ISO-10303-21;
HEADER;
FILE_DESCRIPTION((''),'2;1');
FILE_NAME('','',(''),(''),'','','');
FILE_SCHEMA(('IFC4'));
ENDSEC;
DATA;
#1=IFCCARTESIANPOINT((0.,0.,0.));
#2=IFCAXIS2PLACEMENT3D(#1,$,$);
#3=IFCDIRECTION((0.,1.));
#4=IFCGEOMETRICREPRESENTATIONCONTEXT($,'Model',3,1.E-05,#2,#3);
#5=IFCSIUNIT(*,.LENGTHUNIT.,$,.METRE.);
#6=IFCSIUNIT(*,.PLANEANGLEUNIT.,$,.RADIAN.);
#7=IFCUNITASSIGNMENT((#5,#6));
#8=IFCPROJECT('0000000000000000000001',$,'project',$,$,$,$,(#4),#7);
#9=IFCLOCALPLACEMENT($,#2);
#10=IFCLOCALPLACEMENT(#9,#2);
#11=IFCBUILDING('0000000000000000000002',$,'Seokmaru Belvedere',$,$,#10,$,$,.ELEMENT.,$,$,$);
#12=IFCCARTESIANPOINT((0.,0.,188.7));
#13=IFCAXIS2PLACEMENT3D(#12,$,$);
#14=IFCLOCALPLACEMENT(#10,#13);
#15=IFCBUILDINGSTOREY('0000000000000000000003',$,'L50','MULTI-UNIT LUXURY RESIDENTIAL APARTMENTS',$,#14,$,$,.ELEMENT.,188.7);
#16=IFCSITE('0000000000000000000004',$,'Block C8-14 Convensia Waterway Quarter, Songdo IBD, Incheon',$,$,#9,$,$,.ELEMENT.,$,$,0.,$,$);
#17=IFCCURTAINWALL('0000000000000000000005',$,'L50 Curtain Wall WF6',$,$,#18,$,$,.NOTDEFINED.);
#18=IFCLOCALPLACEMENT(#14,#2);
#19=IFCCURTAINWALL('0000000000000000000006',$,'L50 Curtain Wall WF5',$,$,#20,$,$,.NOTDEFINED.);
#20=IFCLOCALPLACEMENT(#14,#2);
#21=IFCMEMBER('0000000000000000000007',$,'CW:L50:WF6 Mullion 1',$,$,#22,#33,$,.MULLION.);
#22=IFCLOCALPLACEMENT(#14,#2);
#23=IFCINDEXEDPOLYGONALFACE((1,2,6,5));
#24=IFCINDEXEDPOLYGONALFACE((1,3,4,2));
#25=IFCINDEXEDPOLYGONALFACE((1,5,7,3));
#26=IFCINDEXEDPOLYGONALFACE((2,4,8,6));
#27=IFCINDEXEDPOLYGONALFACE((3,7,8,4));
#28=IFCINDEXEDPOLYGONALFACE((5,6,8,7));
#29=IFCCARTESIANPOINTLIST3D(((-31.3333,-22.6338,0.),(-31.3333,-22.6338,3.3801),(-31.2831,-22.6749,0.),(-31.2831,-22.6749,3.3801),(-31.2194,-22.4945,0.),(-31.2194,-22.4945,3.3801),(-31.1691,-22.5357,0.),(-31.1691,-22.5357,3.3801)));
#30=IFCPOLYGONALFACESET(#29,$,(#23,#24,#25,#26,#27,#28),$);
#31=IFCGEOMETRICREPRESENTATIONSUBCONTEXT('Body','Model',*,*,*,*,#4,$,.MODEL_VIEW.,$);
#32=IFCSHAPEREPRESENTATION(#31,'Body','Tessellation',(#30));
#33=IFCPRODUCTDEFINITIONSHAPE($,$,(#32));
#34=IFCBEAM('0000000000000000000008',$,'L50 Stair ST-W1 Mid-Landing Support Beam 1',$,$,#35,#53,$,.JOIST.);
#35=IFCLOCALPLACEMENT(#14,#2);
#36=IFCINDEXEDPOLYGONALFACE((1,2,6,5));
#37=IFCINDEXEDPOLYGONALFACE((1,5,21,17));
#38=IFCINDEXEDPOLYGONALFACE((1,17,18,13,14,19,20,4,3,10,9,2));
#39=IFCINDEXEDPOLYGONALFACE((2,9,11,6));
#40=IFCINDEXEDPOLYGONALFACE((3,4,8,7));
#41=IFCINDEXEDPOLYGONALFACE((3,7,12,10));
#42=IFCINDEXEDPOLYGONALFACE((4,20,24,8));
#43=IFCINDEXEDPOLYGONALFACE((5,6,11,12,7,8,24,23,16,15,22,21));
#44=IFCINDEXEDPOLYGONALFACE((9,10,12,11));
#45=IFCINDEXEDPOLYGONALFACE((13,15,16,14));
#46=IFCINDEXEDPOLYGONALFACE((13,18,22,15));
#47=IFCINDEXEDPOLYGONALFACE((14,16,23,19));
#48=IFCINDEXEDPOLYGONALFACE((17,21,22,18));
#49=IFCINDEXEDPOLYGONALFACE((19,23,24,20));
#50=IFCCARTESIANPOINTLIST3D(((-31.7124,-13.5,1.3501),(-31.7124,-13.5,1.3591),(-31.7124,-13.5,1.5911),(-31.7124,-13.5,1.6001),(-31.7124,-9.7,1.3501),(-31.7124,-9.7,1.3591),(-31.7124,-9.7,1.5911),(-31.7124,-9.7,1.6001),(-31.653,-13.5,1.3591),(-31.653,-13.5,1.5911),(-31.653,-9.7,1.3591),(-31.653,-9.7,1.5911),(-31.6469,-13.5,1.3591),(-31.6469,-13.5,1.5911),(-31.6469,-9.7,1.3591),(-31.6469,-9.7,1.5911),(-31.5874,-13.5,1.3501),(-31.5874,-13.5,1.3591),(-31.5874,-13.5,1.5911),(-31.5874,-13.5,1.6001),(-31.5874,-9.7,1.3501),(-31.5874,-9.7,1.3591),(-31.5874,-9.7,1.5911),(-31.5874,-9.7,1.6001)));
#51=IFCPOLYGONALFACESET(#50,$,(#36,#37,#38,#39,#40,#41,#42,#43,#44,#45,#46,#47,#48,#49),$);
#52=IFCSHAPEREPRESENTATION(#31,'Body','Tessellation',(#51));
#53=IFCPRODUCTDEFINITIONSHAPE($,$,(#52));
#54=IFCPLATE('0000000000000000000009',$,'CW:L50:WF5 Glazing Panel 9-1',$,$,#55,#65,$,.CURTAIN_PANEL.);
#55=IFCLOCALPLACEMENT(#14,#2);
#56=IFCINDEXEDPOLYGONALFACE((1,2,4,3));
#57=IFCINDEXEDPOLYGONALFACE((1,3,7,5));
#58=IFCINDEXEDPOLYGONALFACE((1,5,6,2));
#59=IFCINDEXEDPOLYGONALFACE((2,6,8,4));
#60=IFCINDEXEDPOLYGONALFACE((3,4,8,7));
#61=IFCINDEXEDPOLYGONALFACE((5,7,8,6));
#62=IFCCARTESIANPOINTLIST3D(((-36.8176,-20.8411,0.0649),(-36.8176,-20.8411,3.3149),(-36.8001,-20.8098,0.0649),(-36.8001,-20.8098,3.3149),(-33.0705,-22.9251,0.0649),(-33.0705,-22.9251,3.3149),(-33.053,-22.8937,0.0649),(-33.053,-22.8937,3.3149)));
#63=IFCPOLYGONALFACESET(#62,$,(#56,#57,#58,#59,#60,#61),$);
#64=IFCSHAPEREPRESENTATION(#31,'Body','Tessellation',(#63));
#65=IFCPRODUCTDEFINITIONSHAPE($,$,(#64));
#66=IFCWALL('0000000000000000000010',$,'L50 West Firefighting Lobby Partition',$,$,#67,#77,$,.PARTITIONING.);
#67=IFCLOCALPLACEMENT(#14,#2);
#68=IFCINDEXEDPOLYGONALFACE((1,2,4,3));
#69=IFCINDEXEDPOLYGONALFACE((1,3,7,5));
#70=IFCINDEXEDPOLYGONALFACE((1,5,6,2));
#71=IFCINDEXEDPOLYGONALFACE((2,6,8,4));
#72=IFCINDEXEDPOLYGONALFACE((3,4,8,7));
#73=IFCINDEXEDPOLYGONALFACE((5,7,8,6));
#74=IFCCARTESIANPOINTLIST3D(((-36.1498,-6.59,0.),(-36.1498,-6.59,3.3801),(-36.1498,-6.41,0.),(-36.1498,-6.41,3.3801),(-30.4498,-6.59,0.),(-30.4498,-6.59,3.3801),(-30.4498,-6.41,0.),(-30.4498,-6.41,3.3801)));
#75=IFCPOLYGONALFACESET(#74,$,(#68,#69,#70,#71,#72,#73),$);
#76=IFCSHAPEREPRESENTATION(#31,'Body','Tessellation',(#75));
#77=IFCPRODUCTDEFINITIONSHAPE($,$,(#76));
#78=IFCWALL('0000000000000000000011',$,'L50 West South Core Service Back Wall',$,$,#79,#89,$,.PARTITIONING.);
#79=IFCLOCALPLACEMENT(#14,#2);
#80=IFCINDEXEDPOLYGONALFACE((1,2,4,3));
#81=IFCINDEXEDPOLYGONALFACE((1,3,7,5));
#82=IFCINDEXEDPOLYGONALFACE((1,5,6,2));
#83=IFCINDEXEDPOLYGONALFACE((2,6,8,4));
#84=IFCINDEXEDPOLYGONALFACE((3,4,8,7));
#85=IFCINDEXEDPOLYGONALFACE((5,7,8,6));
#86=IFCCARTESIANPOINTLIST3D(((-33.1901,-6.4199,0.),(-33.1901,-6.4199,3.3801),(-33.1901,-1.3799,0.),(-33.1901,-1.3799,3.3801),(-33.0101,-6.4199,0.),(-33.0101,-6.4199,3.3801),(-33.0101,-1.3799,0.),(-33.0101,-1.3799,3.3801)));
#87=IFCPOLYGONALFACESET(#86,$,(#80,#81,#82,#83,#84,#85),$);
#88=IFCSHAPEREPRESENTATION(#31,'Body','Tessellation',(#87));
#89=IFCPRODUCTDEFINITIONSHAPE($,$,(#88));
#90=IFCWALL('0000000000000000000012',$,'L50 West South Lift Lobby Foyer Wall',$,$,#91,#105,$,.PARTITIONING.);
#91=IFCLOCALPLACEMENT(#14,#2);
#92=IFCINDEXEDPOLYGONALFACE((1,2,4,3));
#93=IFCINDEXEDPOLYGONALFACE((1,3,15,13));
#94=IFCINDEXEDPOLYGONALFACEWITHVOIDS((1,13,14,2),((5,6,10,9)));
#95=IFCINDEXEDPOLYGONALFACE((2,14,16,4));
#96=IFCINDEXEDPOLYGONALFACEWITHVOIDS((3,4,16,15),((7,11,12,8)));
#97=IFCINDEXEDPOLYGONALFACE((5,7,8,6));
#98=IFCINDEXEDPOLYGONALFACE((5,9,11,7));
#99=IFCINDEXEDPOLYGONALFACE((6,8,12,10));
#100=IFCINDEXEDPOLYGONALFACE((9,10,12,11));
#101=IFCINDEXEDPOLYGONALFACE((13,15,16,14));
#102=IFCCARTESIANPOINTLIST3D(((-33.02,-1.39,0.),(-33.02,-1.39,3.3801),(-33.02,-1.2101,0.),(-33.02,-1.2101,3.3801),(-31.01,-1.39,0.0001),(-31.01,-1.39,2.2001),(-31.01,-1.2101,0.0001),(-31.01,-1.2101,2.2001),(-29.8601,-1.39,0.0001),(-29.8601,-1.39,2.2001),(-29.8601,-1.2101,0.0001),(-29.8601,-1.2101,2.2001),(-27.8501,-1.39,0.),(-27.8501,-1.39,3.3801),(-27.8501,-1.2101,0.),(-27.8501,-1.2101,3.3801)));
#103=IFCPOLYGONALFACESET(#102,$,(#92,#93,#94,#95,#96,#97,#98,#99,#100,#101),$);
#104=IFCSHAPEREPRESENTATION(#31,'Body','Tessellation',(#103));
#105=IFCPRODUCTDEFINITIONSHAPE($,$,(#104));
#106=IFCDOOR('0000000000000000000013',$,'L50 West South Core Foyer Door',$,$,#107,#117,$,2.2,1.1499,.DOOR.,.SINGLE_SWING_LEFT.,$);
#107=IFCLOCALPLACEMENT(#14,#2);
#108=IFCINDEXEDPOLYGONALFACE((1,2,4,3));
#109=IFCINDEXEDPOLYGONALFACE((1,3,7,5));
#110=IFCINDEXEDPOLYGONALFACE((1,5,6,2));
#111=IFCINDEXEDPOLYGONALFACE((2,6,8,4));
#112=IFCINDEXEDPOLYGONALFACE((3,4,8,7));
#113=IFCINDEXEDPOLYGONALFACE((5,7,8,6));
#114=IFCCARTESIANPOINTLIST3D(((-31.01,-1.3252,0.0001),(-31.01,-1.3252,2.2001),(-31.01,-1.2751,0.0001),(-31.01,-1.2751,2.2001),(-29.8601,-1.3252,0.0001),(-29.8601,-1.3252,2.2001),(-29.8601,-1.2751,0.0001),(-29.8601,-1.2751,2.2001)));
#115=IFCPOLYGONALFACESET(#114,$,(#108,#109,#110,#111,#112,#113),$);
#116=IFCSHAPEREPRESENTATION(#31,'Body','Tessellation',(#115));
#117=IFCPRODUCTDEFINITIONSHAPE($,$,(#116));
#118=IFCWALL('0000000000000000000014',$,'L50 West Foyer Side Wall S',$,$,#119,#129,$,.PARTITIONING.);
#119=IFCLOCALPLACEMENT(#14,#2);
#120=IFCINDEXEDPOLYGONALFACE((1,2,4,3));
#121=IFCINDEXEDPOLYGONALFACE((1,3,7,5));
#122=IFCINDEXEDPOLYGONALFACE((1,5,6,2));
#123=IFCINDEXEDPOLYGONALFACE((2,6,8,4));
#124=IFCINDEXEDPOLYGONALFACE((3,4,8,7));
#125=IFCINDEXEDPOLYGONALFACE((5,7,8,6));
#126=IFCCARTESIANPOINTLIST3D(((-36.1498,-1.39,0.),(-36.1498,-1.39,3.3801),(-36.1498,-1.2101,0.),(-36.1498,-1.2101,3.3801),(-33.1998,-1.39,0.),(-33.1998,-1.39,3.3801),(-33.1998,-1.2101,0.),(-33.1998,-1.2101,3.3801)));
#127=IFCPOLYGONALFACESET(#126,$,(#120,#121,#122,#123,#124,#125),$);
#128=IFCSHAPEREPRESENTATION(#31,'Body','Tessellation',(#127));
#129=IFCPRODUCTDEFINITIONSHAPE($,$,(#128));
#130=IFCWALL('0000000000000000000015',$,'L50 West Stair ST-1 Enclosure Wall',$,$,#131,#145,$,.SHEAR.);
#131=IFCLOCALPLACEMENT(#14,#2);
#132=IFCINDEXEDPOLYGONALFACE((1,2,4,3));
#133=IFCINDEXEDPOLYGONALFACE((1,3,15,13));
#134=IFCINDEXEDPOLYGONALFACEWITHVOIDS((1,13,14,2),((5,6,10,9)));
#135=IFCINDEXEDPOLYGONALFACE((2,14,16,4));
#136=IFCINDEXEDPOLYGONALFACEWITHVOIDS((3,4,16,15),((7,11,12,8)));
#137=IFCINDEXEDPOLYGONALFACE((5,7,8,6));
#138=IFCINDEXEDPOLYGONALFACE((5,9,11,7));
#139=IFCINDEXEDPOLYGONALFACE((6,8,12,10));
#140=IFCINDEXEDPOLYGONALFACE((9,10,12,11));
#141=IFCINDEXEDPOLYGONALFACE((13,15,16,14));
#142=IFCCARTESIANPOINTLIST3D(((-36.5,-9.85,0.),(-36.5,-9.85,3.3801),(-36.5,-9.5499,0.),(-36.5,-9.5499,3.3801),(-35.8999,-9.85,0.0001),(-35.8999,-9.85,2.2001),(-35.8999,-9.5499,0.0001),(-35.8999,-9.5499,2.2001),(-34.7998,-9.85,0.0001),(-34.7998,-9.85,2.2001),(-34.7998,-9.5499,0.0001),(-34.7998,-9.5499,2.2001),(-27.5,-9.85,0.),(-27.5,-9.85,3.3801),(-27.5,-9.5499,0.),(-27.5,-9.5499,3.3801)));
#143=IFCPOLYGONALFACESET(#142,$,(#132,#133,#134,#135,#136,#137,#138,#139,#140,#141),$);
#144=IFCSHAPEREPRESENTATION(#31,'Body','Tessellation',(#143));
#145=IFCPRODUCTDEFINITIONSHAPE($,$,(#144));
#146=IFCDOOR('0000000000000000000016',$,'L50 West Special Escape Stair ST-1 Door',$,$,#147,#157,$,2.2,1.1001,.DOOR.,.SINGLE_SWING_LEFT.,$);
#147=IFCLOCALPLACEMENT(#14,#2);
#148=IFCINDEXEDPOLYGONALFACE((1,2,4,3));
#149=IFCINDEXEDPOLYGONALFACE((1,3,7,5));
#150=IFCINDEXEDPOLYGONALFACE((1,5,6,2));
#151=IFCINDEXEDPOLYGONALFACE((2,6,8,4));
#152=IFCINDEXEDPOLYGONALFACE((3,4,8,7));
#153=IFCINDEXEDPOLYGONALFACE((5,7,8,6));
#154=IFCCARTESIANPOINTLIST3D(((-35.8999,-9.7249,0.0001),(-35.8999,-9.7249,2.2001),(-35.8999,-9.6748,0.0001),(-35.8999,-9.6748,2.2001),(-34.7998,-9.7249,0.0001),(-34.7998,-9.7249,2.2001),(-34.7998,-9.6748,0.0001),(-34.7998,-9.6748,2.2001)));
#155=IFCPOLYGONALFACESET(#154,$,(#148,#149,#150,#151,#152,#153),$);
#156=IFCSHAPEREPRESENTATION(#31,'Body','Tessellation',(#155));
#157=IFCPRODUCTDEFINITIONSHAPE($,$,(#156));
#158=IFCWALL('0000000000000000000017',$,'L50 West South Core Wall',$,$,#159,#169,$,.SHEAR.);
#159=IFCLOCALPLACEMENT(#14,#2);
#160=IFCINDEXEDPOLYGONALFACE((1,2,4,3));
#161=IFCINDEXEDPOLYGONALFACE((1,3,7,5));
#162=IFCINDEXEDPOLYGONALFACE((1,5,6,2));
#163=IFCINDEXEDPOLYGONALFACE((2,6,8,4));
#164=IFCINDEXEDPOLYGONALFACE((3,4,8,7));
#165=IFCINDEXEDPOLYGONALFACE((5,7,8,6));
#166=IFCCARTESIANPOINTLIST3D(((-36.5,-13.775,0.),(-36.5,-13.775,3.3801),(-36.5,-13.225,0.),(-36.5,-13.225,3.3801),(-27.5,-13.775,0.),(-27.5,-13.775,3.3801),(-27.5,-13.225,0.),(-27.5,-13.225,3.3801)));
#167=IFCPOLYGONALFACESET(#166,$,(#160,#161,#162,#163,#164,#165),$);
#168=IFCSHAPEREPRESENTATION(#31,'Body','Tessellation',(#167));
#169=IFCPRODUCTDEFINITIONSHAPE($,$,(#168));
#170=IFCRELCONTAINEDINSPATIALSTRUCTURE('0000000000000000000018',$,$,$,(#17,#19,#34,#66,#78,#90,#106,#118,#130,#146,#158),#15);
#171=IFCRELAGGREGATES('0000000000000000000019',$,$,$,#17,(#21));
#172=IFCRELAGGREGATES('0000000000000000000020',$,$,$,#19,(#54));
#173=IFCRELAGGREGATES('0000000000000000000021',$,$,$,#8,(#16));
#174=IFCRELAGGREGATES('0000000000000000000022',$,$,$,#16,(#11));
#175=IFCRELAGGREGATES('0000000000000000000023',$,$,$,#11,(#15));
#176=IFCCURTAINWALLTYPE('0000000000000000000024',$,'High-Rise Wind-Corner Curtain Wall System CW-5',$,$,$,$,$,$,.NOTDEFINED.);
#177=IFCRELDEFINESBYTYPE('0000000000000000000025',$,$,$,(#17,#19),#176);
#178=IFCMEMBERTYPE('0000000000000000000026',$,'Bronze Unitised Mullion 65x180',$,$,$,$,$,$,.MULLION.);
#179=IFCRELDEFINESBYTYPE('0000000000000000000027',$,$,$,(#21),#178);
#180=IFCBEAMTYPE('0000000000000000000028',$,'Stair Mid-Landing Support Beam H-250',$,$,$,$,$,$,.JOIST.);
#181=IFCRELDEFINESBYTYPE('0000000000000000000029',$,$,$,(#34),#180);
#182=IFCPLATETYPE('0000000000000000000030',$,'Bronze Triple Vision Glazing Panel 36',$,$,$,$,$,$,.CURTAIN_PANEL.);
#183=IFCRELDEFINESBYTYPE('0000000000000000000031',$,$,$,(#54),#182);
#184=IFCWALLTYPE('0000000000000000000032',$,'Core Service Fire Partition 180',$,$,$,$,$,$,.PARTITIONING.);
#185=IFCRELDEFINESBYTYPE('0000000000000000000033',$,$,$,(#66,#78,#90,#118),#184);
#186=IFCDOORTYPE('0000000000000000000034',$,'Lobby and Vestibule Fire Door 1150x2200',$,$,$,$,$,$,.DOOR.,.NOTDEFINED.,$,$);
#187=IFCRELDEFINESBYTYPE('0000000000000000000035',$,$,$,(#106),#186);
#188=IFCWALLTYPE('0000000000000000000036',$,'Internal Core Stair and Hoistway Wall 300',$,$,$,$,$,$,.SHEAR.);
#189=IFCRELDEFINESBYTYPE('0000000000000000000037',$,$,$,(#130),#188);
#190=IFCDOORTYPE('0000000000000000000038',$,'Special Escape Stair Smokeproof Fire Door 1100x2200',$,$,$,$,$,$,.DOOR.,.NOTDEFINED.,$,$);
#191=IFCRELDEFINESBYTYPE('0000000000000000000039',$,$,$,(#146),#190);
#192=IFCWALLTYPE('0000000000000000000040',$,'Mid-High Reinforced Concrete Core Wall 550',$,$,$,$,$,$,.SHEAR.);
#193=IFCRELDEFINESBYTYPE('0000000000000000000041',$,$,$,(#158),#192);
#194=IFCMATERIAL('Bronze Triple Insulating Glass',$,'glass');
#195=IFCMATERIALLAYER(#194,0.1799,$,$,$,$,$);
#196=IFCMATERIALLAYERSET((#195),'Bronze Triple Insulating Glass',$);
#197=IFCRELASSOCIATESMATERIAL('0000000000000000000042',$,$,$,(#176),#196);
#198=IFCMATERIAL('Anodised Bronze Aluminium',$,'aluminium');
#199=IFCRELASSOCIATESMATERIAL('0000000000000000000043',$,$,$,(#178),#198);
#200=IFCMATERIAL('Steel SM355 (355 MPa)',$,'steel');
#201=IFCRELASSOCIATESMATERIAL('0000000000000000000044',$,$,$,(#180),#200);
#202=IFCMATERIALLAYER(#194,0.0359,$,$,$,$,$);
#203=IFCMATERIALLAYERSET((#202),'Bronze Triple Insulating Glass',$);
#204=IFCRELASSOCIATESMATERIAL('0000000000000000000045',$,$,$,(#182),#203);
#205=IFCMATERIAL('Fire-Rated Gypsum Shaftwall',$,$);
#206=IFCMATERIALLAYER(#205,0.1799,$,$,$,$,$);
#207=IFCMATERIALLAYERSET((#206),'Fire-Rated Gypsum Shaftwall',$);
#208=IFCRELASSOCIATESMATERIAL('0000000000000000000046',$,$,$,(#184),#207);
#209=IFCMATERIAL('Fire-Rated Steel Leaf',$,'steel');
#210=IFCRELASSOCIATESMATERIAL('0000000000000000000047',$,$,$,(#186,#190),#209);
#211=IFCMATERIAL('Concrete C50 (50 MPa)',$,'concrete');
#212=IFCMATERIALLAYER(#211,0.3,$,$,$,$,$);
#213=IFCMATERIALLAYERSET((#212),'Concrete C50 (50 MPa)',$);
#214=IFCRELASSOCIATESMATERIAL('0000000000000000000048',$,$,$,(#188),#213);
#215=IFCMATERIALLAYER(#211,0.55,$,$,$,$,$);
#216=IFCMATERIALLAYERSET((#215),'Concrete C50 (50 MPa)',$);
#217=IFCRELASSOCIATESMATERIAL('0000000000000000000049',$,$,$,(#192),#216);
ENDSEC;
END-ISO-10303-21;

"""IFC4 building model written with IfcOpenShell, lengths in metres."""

from ifc_helpers import new_model, si_unit, direction, frame, frame_2d, origin, origin_2d, place, context, subcontext, project, spatial, rectangle, i_section, extrude, source, transform, mapped, material, layer, layer_set, material_profile, profile_set, type_object, type_shapes, element, fill, aggregate, save


model = new_model("IFC4")

# Units and contexts
model_context = context("Model", 3, precision=1e-05, world=origin(), true_north=direction((0.0, 1.0)))
body_context = subcontext(model_context, "Body", "Model", "MODEL_VIEW")
ifc_project = project(units=[si_unit("LENGTHUNIT", "METRE"), si_unit("PLANEANGLEUNIT", "RADIAN")], contexts=[model_context])

# Site, building, storey
site_placement = place(None, origin())
site = spatial("IfcSite", under=ifc_project, at=site_placement, Name="Block C8-14 Convensia Waterway Quarter, Songdo IBD, Incheon", CompositionType="ELEMENT", RefElevation=0.0)
building_placement = place(site_placement, origin())
building = spatial("IfcBuilding", under=site, at=building_placement, Name="Seokmaru Belvedere", CompositionType="ELEMENT")
storey_placement = place(building_placement, frame((0.0, 0.0, 188.7)))
storey = spatial("IfcBuildingStorey", under=building, at=storey_placement, Name="L50", Description="MULTI-UNIT LUXURY RESIDENTIAL APARTMENTS", CompositionType="ELEMENT", Elevation=188.7)

# Shared definitions
ifc_material_1 = material(Name="Steel SM355 (355 MPa)", Category="steel")

# Curtain wall
ifc_material_2 = material(Name="Bronze Triple Insulating Glass", Category="glass")
ifc_layer_1 = layer(ifc_material_2, 0.1799)
ifc_layer_set_1 = layer_set([ifc_layer_1], Name="Bronze Triple Insulating Glass")
curtain_wall_type = type_object("IfcCurtainWallType", Name="High-Rise Wind-Corner Curtain Wall System CW-5", PredefinedType="NOTDEFINED", material=ifc_layer_set_1)
curtain_wall_1_placement = place(storey_placement, origin())
curtain_wall_1 = element("IfcCurtainWall", 1, at=curtain_wall_1_placement, inside=storey, type_object=curtain_wall_type, Name="L50 Curtain Wall WF6", PredefinedType="NOTDEFINED")
ifc_material_3 = material(Name="Anodised Bronze Aluminium", Category="aluminium")

# Curtain wall
curtain_wall_2_placement = place(storey_placement, origin())
curtain_wall_2 = element("IfcCurtainWall", 2, at=curtain_wall_2_placement, inside=storey, type_object=curtain_wall_type, Name="L50 Curtain Wall WF5", PredefinedType="NOTDEFINED")
ifc_material_profile_1 = material_profile(ifc_material_3, rectangle(XDim=0.0649, YDim=0.1799, at=origin_2d()), Name="CW-M-65x180")
ifc_profile_set_1 = profile_set([ifc_material_profile_1], Name="Anodised Bronze Aluminium")
member_type_1 = type_object("IfcMemberType", Name="Bronze Unitised Mullion 65x180", PredefinedType="MULLION", material=ifc_profile_set_1)
shared_shape_1 = source(origin(), body_context, "Body", "SweptSolid", [
    extrude(rectangle(XDim=0.0649, YDim=0.1799, at=origin_2d()), origin(), (0.0, 0.0, 1.0), 3.3801),
])
type_shapes(member_type_1, [shared_shape_1])

# Member
member_1_placement = place(storey_placement, frame((-31.2512, -22.5847, 0.0), z_axis=(0.0, 0.0, 1.0), x_axis=(-0.773944, 0.633254, 0.0)))
member_1 = element("IfcMember", 3, at=member_1_placement, type_object=member_type_1, Name="CW:L50:WF6 Mullion 1", PredefinedType="MULLION", context=body_context, shape_type="MappedRepresentation", body=[
    mapped(shared_shape_1, transform((0.0, 0.0, 0.0), scale=1.0)),
])
aggregate(curtain_wall_1, [member_1])

# Beam
ifc_material_profile_2 = material_profile(ifc_material_1, i_section(OverallWidth=0.125, OverallDepth=0.25, WebThickness=0.0061, FlangeThickness=0.009, at=origin_2d()), Name="H-250x125x6x9")
ifc_profile_set_2 = profile_set([ifc_material_profile_2], Name="Steel SM355 (355 MPa)")
beam_type_1 = type_object("IfcBeamType", Name="Stair Mid-Landing Support Beam H-250", PredefinedType="JOIST", material=ifc_profile_set_2)
shared_shape_2 = source(origin(), body_context, "Body", "SweptSolid", [
    extrude(i_section(OverallWidth=0.125, OverallDepth=0.25, WebThickness=0.0061, FlangeThickness=0.009, at=origin_2d()), origin(), (0.0, 0.0, 1.0), 3.8),
])
type_shapes(beam_type_1, [shared_shape_2])
beam_1_placement = place(storey_placement, frame((-31.6499, -13.5, 1.4751), z_axis=(0.0, 1.0, 0.0), x_axis=(-1.0, 0.0, 0.0)))
element("IfcBeam", 4, at=beam_1_placement, inside=storey, type_object=beam_type_1, Name="L50 Stair ST-W1 Mid-Landing Support Beam 1", PredefinedType="JOIST", context=body_context, shape_type="MappedRepresentation", body=[
    mapped(shared_shape_2, transform((0.0, 0.0, 0.0), scale=1.0)),
])

# Plate
ifc_layer_2 = layer(ifc_material_2, 0.0359)
ifc_layer_set_2 = layer_set([ifc_layer_2], Name="Bronze Triple Insulating Glass")
plate_type = type_object("IfcPlateType", Name="Bronze Triple Vision Glazing Panel 36", PredefinedType="CURTAIN_PANEL", material=ifc_layer_set_2)
shared_shape_3 = source(origin(), body_context, "Body", "SweptSolid", [
    extrude(rectangle(XDim=4.2876, YDim=0.0359, at=origin_2d()), origin(), (0.0, 0.0, 1.0), 3.25),
])
type_shapes(plate_type, [shared_shape_3])
plate_placement = place(storey_placement, frame((-34.9353, -21.8674, 0.0649), z_axis=(0.0, 0.0, 1.0), x_axis=(0.873933, -0.486047, 0.0)))
plate = element("IfcPlate", 5, at=plate_placement, type_object=plate_type, Name="CW:L50:WF5 Glazing Panel 9-1", PredefinedType="CURTAIN_PANEL", context=body_context, shape_type="MappedRepresentation", body=[
    mapped(shared_shape_3, transform((0.0, 0.0, 0.0), scale=1.0)),
])
aggregate(curtain_wall_2, [plate])

# Walls
ifc_material_4 = material(Name="Fire-Rated Gypsum Shaftwall")
ifc_layer_3 = layer(ifc_material_4, 0.1799)
ifc_layer_set_3 = layer_set([ifc_layer_3], Name="Fire-Rated Gypsum Shaftwall")
wall_type_1 = type_object("IfcWallType", Name="Core Service Fire Partition 180", PredefinedType="PARTITIONING", material=ifc_layer_set_3)
wall_1_placement = place(storey_placement, frame((-36.1499, -6.5, 0.0), z_axis=(0.0, 0.0, 1.0), x_axis=(1.0, 0.0, 0.0)))
element("IfcWall", 6, at=wall_1_placement, inside=storey, type_object=wall_type_1, Name="L50 West Firefighting Lobby Partition", PredefinedType="PARTITIONING", context=body_context, shape_type="SweptSolid", body=[
    extrude(rectangle(XDim=5.7, YDim=0.1799, at=frame_2d((2.8501, 0.0))), origin(), (0.0, 0.0, 1.0), 3.3801),
])
wall_2_placement = place(storey_placement, frame((-33.1001, -6.4199, 0.0), z_axis=(0.0, 0.0, 1.0), x_axis=(0.0, 1.0, 0.0)))
element("IfcWall", 7, at=wall_2_placement, inside=storey, type_object=wall_type_1, Name="L50 West South Core Service Back Wall", PredefinedType="PARTITIONING", context=body_context, shape_type="SweptSolid", body=[
    extrude(rectangle(XDim=5.04, YDim=0.1799, at=frame_2d((2.52, 0.0))), origin(), (0.0, 0.0, 1.0), 3.3801),
])

# Wall, opening, door
wall_3_placement = place(storey_placement, frame((-33.02, -1.3, 0.0), z_axis=(0.0, 0.0, 1.0), x_axis=(1.0, 0.0, 0.0)))
wall_3 = element("IfcWall", 8, at=wall_3_placement, inside=storey, type_object=wall_type_1, Name="L50 West South Lift Lobby Foyer Wall", PredefinedType="PARTITIONING", context=body_context, shape_type="SweptSolid", body=[
    extrude(rectangle(XDim=5.1699, YDim=0.1799, at=frame_2d((2.585, 0.0))), origin(), (0.0, 0.0, 1.0), 3.3801),
])
opening_1_placement = place(wall_3_placement, frame((2.01, 0.0, 0.0)))
opening_1 = element("IfcOpeningElement", 9, at=opening_1_placement, cuts=wall_3, PredefinedType="OPENING", context=body_context, shape_type="SweptSolid", body=[
    extrude(rectangle(XDim=1.1499, YDim=2.2, at=frame_2d((0.575, 1.1001))), frame((0.0, 0.1001, 0.0), z_axis=(0.0, -1.0, 0.0), x_axis=(1.0, 0.0, 0.0)), (0.0, 0.0, 1.0), 0.2),
])
ifc_material_5 = material(Name="Fire-Rated Steel Leaf", Category="steel")
door_type_1 = type_object("IfcDoorType", Name="Lobby and Vestibule Fire Door 1150x2200", OperationType="NOTDEFINED", PredefinedType="DOOR", material=ifc_material_5)
shared_shape_4 = source(origin(), body_context, "Body", "SweptSolid", [
    extrude(rectangle(XDim=1.1499, YDim=2.2, at=frame_2d((0.575, 1.1001))), frame((0.0, 0.0249, 0.0), z_axis=(0.0, -1.0, 0.0), x_axis=(1.0, 0.0, 0.0)), (0.0, 0.0, 1.0), 0.05),
])
type_shapes(door_type_1, [shared_shape_4])
door_1_placement = place(opening_1_placement, origin())
door_1 = element("IfcDoor", 10, at=door_1_placement, inside=storey, type_object=door_type_1, Name="L50 West South Core Foyer Door", OperationType="SINGLE_SWING_LEFT", OverallHeight=2.2, OverallWidth=1.1499, PredefinedType="DOOR", context=body_context, shape_type="MappedRepresentation", body=[
    mapped(shared_shape_4, transform((0.0, 0.0, 0.0), scale=1.0)),
])
fill(opening_1, door_1)

# Wall
wall_4_placement = place(storey_placement, frame((-36.1499, -1.3, 0.0), z_axis=(0.0, 0.0, 1.0), x_axis=(1.0, 0.0, 0.0)))
element("IfcWall", 11, at=wall_4_placement, inside=storey, type_object=wall_type_1, Name="L50 West Foyer Side Wall S", PredefinedType="PARTITIONING", context=body_context, shape_type="SweptSolid", body=[
    extrude(rectangle(XDim=2.95, YDim=0.1799, at=frame_2d((1.4751, 0.0))), origin(), (0.0, 0.0, 1.0), 3.3801),
])

# Wall, opening, door
ifc_material_6 = material(Name="Concrete C50 (50 MPa)", Category="concrete")
ifc_layer_4 = layer(ifc_material_6, 0.3)
ifc_layer_set_4 = layer_set([ifc_layer_4], Name="Concrete C50 (50 MPa)")
wall_type_2 = type_object("IfcWallType", Name="Internal Core Stair and Hoistway Wall 300", PredefinedType="SHEAR", material=ifc_layer_set_4)
wall_5_placement = place(storey_placement, frame((-36.5, -9.7, 0.0), z_axis=(0.0, 0.0, 1.0), x_axis=(1.0, 0.0, 0.0)))
wall_5 = element("IfcWall", 12, at=wall_5_placement, inside=storey, type_object=wall_type_2, Name="L50 West Stair ST-1 Enclosure Wall", PredefinedType="SHEAR", context=body_context, shape_type="SweptSolid", body=[
    extrude(rectangle(XDim=9.0, YDim=0.3, at=frame_2d((4.5, 0.0))), origin(), (0.0, 0.0, 1.0), 3.3801),
])
opening_2_placement = place(wall_5_placement, frame((0.6001, 0.0, 0.0)))
opening_2 = element("IfcOpeningElement", 13, at=opening_2_placement, cuts=wall_5, PredefinedType="OPENING", context=body_context, shape_type="SweptSolid", body=[
    extrude(rectangle(XDim=1.1001, YDim=2.2, at=frame_2d((0.55, 1.1001))), frame((0.0, 0.1602, 0.0), z_axis=(0.0, -1.0, 0.0), x_axis=(1.0, 0.0, 0.0)), (0.0, 0.0, 1.0), 0.3201),
])
door_type_2 = type_object("IfcDoorType", Name="Special Escape Stair Smokeproof Fire Door 1100x2200", OperationType="NOTDEFINED", PredefinedType="DOOR", material=ifc_material_5)
shared_shape_5 = source(origin(), body_context, "Body", "SweptSolid", [
    extrude(rectangle(XDim=1.1001, YDim=2.2, at=frame_2d((0.55, 1.1001))), frame((0.0, 0.0249, 0.0), z_axis=(0.0, -1.0, 0.0), x_axis=(1.0, 0.0, 0.0)), (0.0, 0.0, 1.0), 0.05),
])
type_shapes(door_type_2, [shared_shape_5])
door_2_placement = place(opening_2_placement, frame((1.1001, 0.0, 0.0), z_axis=(0.0, 0.0, 1.0), x_axis=(-1.0, 0.0, 0.0)))
door_2 = element("IfcDoor", 14, at=door_2_placement, inside=storey, type_object=door_type_2, Name="L50 West Special Escape Stair ST-1 Door", OperationType="SINGLE_SWING_LEFT", OverallHeight=2.2, OverallWidth=1.1001, PredefinedType="DOOR", context=body_context, shape_type="MappedRepresentation", body=[
    mapped(shared_shape_5, transform((0.0, 0.0, 0.0), scale=1.0)),
])
fill(opening_2, door_2)

# Wall
ifc_layer_5 = layer(ifc_material_6, 0.55)
ifc_layer_set_5 = layer_set([ifc_layer_5], Name="Concrete C50 (50 MPa)")
wall_type_3 = type_object("IfcWallType", Name="Mid-High Reinforced Concrete Core Wall 550", PredefinedType="SHEAR", material=ifc_layer_set_5)
wall_6_placement = place(storey_placement, frame((-36.5, -13.5, 0.0), z_axis=(0.0, 0.0, 1.0), x_axis=(1.0, 0.0, 0.0)))
element("IfcWall", 15, at=wall_6_placement, inside=storey, type_object=wall_type_3, Name="L50 West South Core Wall", PredefinedType="SHEAR", context=body_context, shape_type="SweptSolid", body=[
    extrude(rectangle(XDim=9.0, YDim=0.55, at=frame_2d((4.5, 0.0))), origin(), (0.0, 0.0, 1.0), 3.3801),
])

save(model, "model.ifc")
